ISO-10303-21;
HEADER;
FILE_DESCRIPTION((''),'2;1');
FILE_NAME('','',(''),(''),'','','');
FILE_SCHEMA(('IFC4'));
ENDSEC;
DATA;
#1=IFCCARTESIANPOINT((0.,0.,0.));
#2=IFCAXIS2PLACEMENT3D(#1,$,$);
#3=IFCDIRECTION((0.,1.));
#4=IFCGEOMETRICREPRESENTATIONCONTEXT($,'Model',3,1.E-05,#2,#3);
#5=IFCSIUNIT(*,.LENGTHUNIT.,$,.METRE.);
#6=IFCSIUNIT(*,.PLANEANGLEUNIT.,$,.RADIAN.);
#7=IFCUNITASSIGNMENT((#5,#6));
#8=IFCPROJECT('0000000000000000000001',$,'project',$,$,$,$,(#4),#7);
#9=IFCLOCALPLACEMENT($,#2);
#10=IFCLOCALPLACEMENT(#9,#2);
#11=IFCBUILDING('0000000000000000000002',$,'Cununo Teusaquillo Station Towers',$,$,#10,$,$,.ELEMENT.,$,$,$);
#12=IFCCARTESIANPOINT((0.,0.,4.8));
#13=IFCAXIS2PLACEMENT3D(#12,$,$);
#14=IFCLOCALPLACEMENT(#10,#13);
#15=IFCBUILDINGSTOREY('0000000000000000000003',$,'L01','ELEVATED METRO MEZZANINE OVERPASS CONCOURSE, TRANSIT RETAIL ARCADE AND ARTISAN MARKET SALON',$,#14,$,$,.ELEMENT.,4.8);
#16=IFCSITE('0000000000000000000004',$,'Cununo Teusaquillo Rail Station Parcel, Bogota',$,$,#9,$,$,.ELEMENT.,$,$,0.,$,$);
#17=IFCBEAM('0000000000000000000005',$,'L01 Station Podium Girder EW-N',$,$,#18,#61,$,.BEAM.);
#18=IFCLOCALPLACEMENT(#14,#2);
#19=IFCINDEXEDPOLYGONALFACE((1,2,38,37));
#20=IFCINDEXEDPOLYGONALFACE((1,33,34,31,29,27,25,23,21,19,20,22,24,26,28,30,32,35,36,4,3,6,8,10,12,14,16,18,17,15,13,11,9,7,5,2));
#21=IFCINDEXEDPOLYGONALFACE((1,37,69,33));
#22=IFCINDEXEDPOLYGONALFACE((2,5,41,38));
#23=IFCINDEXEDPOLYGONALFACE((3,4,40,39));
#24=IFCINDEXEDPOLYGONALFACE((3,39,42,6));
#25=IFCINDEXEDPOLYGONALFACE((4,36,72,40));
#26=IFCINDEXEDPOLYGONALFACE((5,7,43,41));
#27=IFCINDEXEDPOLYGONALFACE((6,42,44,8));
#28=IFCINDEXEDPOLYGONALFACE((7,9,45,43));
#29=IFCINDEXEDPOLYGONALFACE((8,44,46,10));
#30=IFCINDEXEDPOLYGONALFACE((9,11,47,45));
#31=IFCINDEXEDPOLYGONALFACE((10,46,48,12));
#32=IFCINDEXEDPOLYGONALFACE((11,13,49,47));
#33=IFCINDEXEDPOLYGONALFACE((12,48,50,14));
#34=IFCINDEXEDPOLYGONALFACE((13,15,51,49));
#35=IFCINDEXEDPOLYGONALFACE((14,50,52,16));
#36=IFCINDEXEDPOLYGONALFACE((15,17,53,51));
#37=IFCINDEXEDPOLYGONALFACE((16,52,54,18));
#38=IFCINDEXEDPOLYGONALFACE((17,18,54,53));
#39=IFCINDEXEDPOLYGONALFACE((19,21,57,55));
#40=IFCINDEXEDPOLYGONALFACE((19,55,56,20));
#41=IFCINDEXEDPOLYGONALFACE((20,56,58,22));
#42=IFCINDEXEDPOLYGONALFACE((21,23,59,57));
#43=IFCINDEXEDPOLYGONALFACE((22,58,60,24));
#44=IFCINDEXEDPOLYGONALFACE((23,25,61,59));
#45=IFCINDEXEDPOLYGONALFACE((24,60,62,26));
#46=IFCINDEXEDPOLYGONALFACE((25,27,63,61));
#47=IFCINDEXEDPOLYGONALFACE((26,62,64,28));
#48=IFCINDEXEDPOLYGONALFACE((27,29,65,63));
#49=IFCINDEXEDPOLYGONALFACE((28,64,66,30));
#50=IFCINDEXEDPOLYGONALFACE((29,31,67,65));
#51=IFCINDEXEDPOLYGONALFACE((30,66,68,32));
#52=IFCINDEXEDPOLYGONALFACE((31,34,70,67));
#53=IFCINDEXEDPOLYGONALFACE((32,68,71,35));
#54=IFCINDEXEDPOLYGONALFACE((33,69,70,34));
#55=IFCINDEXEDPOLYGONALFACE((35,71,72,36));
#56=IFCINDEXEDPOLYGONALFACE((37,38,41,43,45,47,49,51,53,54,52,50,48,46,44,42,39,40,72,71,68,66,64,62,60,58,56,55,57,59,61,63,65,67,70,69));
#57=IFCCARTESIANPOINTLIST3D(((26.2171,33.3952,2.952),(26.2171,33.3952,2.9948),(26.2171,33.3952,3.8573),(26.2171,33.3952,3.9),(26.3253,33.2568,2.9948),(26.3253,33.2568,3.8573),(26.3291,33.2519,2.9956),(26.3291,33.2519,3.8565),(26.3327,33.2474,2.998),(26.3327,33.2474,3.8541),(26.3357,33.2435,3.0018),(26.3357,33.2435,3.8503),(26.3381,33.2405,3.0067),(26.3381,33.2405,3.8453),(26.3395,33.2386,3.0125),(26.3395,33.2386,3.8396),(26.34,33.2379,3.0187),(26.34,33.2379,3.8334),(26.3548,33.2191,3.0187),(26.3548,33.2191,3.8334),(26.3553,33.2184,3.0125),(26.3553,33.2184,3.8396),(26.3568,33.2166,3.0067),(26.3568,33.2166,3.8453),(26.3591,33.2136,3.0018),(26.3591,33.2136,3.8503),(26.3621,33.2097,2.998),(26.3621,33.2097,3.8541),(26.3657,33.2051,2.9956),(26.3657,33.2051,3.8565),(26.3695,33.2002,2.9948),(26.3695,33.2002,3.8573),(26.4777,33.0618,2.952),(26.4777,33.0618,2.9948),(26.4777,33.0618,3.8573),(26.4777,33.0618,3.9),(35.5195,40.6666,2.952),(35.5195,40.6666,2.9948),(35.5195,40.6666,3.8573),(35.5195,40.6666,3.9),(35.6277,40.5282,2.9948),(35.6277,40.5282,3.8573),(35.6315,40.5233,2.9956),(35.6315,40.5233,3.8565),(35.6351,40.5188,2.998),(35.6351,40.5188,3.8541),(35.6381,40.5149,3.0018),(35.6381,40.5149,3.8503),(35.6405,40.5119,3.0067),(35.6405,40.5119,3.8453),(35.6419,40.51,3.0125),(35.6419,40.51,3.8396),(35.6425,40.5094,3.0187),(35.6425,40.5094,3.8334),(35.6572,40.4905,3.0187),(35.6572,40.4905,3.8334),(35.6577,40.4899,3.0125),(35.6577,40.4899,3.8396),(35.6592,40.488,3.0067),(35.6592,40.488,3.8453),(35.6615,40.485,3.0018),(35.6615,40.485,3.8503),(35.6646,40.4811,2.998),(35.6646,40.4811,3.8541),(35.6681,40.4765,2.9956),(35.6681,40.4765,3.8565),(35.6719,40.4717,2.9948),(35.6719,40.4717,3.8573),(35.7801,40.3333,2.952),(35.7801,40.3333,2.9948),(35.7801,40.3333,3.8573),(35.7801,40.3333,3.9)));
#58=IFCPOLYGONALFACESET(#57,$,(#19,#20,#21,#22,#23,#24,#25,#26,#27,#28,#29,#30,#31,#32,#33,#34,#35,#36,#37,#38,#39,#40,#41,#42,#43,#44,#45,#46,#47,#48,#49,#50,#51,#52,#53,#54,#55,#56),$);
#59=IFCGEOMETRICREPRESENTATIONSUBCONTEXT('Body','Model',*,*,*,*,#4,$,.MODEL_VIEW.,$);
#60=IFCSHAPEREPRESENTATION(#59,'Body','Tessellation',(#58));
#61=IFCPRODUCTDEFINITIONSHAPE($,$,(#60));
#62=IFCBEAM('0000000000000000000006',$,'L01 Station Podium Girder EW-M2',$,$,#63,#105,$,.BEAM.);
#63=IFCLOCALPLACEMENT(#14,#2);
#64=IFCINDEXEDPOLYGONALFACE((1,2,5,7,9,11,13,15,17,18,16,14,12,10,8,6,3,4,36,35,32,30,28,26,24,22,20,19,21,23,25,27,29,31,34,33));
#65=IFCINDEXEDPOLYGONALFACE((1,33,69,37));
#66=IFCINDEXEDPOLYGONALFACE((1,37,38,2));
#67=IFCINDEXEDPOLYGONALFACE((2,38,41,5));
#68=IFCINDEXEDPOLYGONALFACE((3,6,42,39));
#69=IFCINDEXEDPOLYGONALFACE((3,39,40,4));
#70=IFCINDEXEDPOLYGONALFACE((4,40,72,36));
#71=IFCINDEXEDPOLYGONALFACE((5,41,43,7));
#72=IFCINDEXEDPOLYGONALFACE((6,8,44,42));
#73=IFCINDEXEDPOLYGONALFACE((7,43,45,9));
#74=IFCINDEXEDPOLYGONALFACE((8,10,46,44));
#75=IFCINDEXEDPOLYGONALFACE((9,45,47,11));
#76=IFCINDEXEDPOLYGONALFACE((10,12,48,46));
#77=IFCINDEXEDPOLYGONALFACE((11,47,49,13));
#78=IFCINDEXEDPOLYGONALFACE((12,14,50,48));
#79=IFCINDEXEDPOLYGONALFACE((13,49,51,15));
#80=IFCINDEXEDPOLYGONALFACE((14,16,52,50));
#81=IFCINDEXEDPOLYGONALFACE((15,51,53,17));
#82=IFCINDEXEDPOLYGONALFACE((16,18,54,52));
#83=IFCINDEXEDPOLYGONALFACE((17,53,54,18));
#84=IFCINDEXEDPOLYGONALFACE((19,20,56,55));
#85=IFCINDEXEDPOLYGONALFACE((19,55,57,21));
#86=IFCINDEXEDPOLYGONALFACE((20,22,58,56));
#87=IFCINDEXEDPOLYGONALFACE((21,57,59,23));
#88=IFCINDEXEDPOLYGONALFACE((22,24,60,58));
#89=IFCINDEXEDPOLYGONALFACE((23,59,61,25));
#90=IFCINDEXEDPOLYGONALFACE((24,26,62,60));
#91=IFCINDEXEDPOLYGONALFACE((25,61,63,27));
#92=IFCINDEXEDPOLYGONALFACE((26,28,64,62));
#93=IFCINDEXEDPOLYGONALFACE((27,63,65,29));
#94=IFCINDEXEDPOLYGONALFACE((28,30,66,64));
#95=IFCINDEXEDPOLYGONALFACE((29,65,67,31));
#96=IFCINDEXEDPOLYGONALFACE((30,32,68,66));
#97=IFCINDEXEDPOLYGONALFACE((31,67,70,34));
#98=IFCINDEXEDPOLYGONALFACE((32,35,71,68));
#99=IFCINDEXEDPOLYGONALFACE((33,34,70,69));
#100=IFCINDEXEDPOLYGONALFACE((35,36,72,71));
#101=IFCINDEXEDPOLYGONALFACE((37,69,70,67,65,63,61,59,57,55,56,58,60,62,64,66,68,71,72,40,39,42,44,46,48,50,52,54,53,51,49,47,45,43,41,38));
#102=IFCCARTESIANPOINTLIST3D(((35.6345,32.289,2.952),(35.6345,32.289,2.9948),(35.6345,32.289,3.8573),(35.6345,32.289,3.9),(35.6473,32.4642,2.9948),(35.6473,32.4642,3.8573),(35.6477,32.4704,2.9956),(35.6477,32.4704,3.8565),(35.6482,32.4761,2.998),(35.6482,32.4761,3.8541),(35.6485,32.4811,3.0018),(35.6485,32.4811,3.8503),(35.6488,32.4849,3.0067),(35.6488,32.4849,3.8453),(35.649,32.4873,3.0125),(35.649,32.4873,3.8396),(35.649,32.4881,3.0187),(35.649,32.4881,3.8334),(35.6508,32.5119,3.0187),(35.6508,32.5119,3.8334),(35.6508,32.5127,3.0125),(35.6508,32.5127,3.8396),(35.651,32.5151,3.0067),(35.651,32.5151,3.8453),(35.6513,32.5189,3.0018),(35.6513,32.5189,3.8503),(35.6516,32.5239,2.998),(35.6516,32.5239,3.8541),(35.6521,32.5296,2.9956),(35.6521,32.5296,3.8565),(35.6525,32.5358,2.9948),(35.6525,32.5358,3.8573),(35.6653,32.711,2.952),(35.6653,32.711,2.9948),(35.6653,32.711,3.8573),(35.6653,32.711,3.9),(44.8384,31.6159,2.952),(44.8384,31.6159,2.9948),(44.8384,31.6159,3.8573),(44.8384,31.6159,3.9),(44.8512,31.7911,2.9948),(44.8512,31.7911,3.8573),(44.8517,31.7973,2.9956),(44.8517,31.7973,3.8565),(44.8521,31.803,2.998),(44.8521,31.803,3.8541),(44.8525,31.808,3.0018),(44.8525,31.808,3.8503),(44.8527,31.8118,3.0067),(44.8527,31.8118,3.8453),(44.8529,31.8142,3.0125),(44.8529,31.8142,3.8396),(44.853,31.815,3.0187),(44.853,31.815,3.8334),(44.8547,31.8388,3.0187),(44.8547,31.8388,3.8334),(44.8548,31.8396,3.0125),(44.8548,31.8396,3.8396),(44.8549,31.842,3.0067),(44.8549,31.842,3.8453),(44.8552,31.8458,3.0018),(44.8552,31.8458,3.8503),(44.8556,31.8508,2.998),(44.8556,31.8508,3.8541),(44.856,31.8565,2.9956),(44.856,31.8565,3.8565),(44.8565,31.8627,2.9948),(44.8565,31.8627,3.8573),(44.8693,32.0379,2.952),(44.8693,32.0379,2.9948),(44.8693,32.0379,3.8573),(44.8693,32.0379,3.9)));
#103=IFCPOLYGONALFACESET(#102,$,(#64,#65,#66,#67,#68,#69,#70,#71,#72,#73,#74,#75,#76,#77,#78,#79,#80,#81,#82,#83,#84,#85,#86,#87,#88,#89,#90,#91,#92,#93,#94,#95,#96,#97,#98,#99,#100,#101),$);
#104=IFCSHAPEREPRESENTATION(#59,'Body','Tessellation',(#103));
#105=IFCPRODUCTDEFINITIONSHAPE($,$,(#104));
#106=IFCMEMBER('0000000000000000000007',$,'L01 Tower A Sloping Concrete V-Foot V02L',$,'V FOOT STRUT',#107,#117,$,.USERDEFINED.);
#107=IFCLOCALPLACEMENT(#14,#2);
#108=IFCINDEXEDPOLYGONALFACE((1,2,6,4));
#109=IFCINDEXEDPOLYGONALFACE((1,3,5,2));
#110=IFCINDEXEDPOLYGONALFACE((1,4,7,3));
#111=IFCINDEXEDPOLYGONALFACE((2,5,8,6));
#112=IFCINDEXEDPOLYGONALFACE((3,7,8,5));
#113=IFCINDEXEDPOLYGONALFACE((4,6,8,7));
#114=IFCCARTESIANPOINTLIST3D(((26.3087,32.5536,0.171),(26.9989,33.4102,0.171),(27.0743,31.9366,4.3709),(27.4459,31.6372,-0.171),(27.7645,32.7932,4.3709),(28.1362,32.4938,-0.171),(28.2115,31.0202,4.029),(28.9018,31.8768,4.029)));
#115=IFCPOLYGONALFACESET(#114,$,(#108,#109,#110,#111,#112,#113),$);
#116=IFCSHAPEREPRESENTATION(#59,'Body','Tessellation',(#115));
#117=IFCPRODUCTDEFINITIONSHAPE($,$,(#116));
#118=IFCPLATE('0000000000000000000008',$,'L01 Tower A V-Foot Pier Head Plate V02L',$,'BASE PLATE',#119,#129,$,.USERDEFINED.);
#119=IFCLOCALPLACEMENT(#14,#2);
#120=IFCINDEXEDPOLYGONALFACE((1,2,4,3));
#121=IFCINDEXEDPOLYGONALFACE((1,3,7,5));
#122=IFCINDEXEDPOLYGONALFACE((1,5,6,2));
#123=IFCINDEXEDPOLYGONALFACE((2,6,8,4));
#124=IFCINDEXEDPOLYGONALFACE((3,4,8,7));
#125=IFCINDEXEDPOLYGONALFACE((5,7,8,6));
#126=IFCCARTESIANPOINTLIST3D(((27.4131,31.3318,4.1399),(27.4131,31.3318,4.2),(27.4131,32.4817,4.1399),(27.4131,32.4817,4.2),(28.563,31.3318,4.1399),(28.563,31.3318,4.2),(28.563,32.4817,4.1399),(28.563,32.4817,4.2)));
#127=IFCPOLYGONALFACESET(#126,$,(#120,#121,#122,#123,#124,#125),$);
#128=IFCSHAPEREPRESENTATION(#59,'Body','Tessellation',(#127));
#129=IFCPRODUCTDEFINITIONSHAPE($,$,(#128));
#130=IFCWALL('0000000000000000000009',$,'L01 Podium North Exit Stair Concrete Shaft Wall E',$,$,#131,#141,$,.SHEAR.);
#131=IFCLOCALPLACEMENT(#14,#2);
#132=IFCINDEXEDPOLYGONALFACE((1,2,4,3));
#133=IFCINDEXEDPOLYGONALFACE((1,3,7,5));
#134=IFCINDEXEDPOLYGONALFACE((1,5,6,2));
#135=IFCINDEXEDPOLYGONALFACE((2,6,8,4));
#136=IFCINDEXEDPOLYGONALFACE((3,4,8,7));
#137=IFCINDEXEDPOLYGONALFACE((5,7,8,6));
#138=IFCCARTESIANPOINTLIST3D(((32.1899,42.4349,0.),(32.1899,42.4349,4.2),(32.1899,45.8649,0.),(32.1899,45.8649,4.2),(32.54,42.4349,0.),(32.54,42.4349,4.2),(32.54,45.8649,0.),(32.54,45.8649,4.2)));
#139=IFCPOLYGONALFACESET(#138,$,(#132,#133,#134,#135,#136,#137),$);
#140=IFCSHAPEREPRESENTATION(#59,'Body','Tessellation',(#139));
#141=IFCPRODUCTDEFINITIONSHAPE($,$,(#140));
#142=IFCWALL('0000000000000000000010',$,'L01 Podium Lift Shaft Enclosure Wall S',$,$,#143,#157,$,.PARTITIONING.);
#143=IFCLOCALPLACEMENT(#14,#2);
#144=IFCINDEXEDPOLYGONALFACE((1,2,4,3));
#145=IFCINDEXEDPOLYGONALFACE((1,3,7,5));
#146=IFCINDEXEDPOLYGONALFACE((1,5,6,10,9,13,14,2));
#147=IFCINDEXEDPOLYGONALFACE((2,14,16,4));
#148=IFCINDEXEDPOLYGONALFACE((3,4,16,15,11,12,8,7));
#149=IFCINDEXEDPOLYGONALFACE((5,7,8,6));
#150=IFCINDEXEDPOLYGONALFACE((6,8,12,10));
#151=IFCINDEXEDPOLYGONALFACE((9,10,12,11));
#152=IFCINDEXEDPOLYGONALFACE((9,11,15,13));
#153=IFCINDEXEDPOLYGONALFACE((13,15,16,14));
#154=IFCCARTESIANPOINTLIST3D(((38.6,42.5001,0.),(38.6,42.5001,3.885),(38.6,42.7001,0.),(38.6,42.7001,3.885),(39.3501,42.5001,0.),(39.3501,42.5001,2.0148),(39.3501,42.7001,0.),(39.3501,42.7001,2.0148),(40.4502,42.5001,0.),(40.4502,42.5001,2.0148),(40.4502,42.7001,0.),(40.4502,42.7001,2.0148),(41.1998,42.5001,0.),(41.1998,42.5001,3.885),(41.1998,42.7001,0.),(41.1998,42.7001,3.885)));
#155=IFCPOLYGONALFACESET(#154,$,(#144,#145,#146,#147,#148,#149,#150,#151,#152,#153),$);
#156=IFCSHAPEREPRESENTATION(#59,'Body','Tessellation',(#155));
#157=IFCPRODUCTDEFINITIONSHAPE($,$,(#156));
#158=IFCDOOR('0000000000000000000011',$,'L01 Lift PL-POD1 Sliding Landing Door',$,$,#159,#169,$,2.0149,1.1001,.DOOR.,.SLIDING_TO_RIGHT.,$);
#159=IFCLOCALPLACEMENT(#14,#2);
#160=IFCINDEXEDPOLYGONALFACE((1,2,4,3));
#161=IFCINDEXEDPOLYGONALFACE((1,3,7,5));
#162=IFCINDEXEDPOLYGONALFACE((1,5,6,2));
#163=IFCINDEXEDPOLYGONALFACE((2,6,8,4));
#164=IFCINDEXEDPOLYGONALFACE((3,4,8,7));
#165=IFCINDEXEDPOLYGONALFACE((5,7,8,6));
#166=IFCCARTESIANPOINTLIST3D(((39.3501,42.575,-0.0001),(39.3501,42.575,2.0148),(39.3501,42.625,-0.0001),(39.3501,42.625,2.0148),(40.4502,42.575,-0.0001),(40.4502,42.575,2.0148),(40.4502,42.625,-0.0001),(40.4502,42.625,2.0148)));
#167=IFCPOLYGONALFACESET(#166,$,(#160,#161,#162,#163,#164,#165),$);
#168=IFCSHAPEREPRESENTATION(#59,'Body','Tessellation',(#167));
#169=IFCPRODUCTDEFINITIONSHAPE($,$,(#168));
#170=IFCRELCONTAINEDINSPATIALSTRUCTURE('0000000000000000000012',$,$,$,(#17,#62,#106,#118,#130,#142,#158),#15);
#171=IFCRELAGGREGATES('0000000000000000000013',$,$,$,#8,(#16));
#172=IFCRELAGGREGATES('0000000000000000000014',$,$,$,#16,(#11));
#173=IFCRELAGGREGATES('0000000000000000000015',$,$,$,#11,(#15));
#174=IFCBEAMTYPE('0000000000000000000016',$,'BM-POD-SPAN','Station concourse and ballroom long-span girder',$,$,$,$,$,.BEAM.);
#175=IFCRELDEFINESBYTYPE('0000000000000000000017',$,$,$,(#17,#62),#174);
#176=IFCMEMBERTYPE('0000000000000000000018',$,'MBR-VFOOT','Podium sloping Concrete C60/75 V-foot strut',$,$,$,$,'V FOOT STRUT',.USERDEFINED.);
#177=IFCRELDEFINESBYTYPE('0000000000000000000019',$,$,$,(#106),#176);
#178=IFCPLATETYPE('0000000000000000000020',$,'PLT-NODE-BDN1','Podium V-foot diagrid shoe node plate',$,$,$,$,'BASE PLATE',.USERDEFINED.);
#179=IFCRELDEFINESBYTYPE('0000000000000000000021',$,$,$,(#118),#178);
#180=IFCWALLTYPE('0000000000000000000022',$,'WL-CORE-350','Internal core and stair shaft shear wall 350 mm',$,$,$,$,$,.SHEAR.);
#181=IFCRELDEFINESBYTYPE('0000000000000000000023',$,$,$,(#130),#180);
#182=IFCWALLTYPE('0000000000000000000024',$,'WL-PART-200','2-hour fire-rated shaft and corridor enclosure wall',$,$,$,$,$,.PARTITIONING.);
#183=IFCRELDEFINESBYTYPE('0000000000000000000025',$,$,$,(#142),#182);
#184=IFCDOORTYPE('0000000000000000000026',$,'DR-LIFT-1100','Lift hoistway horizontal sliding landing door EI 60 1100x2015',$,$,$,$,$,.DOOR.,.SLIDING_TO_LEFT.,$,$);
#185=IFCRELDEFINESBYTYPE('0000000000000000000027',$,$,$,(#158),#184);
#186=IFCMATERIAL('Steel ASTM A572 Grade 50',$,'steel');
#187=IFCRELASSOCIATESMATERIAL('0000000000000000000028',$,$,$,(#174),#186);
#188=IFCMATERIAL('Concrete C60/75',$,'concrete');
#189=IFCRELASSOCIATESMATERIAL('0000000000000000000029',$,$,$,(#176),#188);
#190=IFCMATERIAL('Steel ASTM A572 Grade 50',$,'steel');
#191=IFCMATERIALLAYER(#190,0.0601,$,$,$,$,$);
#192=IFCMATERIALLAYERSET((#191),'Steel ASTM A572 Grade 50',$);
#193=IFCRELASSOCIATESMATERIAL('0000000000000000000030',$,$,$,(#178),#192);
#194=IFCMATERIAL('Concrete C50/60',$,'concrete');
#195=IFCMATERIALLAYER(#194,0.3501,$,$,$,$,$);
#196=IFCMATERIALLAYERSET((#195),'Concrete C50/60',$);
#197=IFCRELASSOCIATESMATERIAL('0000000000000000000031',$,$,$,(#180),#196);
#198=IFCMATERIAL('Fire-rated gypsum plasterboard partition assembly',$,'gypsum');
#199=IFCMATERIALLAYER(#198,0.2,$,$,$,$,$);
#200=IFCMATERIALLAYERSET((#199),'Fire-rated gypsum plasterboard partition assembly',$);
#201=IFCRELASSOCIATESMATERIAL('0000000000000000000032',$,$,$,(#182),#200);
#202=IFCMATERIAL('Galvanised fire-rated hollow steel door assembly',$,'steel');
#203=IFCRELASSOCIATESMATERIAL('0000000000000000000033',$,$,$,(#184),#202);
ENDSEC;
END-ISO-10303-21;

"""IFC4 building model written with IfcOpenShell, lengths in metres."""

from ifc_helpers import new_model, si_unit, direction, frame, frame_2d, origin, origin_2d, place, context, subcontext, project, spatial, rectangle, i_section, extrude, source, transform, mapped, material, layer, layer_set, material_profile, profile_set, type_object, element, fill, save


model = new_model("IFC4")

# Units and contexts
model_context = context("Model", 3, precision=1e-05, world=origin(), true_north=direction((0.0, 1.0)))
body_context = subcontext(model_context, "Body", "Model", "MODEL_VIEW")
ifc_project = project(units=[si_unit("LENGTHUNIT", "METRE"), si_unit("PLANEANGLEUNIT", "RADIAN")], contexts=[model_context])

# Site, building, storey
site_placement = place(None, origin())
site = spatial("IfcSite", under=ifc_project, at=site_placement, Name="Cununo Teusaquillo Rail Station Parcel, Bogota", CompositionType="ELEMENT", RefElevation=0.0)
building_placement = place(site_placement, origin())
building = spatial("IfcBuilding", under=site, at=building_placement, Name="Cununo Teusaquillo Station Towers", CompositionType="ELEMENT")
storey_placement = place(building_placement, frame((0.0, 0.0, 4.8)))
storey = spatial("IfcBuildingStorey", under=building, at=storey_placement, Name="L01", Description="ELEVATED METRO MEZZANINE OVERPASS CONCOURSE, TRANSIT RETAIL ARCADE AND ARTISAN MARKET SALON", CompositionType="ELEMENT", Elevation=4.8)

# Beams
ifc_material_1 = material(Name="Steel ASTM A572 Grade 50", Category="steel")
ifc_material_profile_1 = material_profile(ifc_material_1, i_section(OverallWidth=0.4231, OverallDepth=0.948, WebThickness=0.0239, FlangeThickness=0.0427, FilletRadius=0.0239, at=origin_2d()), Name="W36X302")
ifc_profile_set_1 = profile_set([ifc_material_profile_1], Name="Steel ASTM A572 Grade 50")
beam_type_1 = type_object("IfcBeamType", Name="BM-POD-SPAN", Description="Station concourse and ballroom long-span girder", PredefinedType="BEAM", material=ifc_profile_set_1)
beam_1_placement = place(storey_placement, frame((26.3474, 33.2285, 3.426), z_axis=(0.787864, 0.61585, 0.0), x_axis=(-0.61585, 0.787864, 0.0)))
element("IfcBeam", 1, at=beam_1_placement, inside=storey, type_object=beam_type_1, Name="L01 Station Podium Girder EW-N", PredefinedType="BEAM", context=body_context, shape_type="SweptSolid", body=[
    extrude(i_section(OverallWidth=0.4231, OverallDepth=0.948, WebThickness=0.0239, FlangeThickness=0.0427, FilletRadius=0.0239, at=origin_2d()), origin(), (0.0, 0.0, 1.0), 11.8071),
])
beam_2_placement = place(storey_placement, frame((35.6499, 32.5, 3.426), z_axis=(0.997337, -0.072937, 0.0), x_axis=(0.072937, 0.997337, 0.0)))
element("IfcBeam", 2, at=beam_2_placement, inside=storey, type_object=beam_type_1, Name="L01 Station Podium Girder EW-M2", PredefinedType="BEAM", context=body_context, shape_type="SweptSolid", body=[
    extrude(i_section(OverallWidth=0.4231, OverallDepth=0.948, WebThickness=0.0239, FlangeThickness=0.0427, FilletRadius=0.0239, at=origin_2d()), origin(), (0.0, 0.0, 1.0), 9.2285),
])

# Member
ifc_material_2 = material(Name="Concrete C60/75", Category="concrete")
ifc_material_profile_2 = material_profile(ifc_material_2, rectangle(XDim=1.1001, YDim=1.5, at=origin_2d()), Name="RC-RECT-1500x1100")
ifc_profile_set_2 = profile_set([ifc_material_profile_2], Name="Concrete C60/75")
member_type = type_object("IfcMemberType", Name="MBR-VFOOT", Description="Podium sloping Concrete C60/75 V-foot strut", ElementType="V FOOT STRUT", PredefinedType="USERDEFINED", material=ifc_profile_set_2)
member_placement = place(storey_placement, frame((27.2224, 32.5237, 0.0), z_axis=(0.177495, -0.143026, 0.973673), x_axis=(0.627447, 0.77866, 0.0)))
element("IfcMember", 3, at=member_placement, inside=storey, type_object=member_type, Name="L01 Tower A Sloping Concrete V-Foot V02L", ObjectType="V FOOT STRUT", PredefinedType="USERDEFINED", context=body_context, shape_type="SweptSolid", body=[
    extrude(rectangle(XDim=1.1001, YDim=1.5, at=origin_2d()), origin(), (0.0, 0.0, 1.0), 4.3135),
])

# Plate
ifc_material_3 = material(Name="Steel ASTM A572 Grade 50", Category="steel")
ifc_layer_1 = layer(ifc_material_3, 0.0601)
ifc_layer_set_1 = layer_set([ifc_layer_1], Name="Steel ASTM A572 Grade 50")
plate_type = type_object("IfcPlateType", Name="PLT-NODE-BDN1", Description="Podium V-foot diagrid shoe node plate", ElementType="BASE PLATE", PredefinedType="USERDEFINED", material=ifc_layer_set_1)
shared_shape_1 = source(origin(), body_context, "Body", "SweptSolid", [
    extrude(rectangle(XDim=1.1499, YDim=1.1499, at=origin_2d()), origin(), (0.0, 0.0, 1.0), 0.0601),
])
plate_placement = place(storey_placement, frame((27.988, 31.9067, 4.1399), z_axis=(0.0, 0.0, 1.0), x_axis=(1.0, 0.0, 0.0)))
element("IfcPlate", 4, at=plate_placement, inside=storey, type_object=plate_type, Name="L01 Tower A V-Foot Pier Head Plate V02L", ObjectType="BASE PLATE", PredefinedType="USERDEFINED", context=body_context, shape_type="MappedRepresentation", body=[
    mapped(shared_shape_1, transform((0.0, 0.0, 0.0), x_axis=(1.0, 0.0, 0.0), y_axis=(0.0, 1.0, 0.0), z_axis=(0.0, 0.0, 1.0), scale=1.0)),
])

# Wall
ifc_material_4 = material(Name="Concrete C50/60", Category="concrete")
ifc_layer_2 = layer(ifc_material_4, 0.3501)
ifc_layer_set_2 = layer_set([ifc_layer_2], Name="Concrete C50/60")
wall_type_1 = type_object("IfcWallType", Name="WL-CORE-350", Description="Internal core and stair shaft shear wall 350 mm", PredefinedType="SHEAR", material=ifc_layer_set_2)
wall_1_placement = place(storey_placement, frame((32.365, 42.4351, 0.0), z_axis=(0.0, 0.0, 1.0), x_axis=(0.0, 1.0, 0.0)))
element("IfcWall", 5, at=wall_1_placement, inside=storey, type_object=wall_type_1, Name="L01 Podium North Exit Stair Concrete Shaft Wall E", PredefinedType="SHEAR", context=body_context, shape_type="SweptSolid", body=[
    extrude(rectangle(XDim=3.4299, YDim=0.3501, at=frame_2d((1.7148, 0.0))), origin(), (0.0, 0.0, 1.0), 4.2),
])

# Wall, opening, door
ifc_material_5 = material(Name="Fire-rated gypsum plasterboard partition assembly", Category="gypsum")
ifc_layer_3 = layer(ifc_material_5, 0.2)
ifc_layer_set_3 = layer_set([ifc_layer_3], Name="Fire-rated gypsum plasterboard partition assembly")
wall_type_2 = type_object("IfcWallType", Name="WL-PART-200", Description="2-hour fire-rated shaft and corridor enclosure wall", PredefinedType="PARTITIONING", material=ifc_layer_set_3)
wall_2_placement = place(storey_placement, frame((38.6001, 42.6001, 0.0), z_axis=(0.0, 0.0, 1.0), x_axis=(1.0, 0.0, 0.0)))
wall_2 = element("IfcWall", 6, at=wall_2_placement, inside=storey, type_object=wall_type_2, Name="L01 Podium Lift Shaft Enclosure Wall S", PredefinedType="PARTITIONING", context=body_context, shape_type="SweptSolid", body=[
    extrude(rectangle(XDim=2.5999, YDim=0.2, at=frame_2d((1.2998, 0.0))), origin(), (0.0, 0.0, 1.0), 3.885),
])
shared_shape_2 = source(origin(), body_context, "Body", "SweptSolid", [
    extrude(rectangle(XDim=1.1001, YDim=2.0149, at=frame_2d((0.55, 1.0073))), frame((0.0, 0.1099, 0.0), z_axis=(0.0, -1.0, 0.0), x_axis=(1.0, 0.0, 0.0)), (0.0, 0.0, 1.0), 0.22),
])
opening_placement = place(wall_2_placement, frame((0.75, 0.0, 0.0)))
opening = element("IfcOpeningElement", 7, at=opening_placement, cuts=wall_2, PredefinedType="OPENING", context=body_context, shape_type="MappedRepresentation", body=[
    mapped(shared_shape_2, transform((0.0, 0.0, 0.0), x_axis=(1.0, 0.0, 0.0), y_axis=(0.0, 1.0, 0.0), z_axis=(0.0, 0.0, 1.0), scale=1.0)),
])
ifc_material_6 = material(Name="Galvanised fire-rated hollow steel door assembly", Category="steel")
door_type = type_object("IfcDoorType", Name="DR-LIFT-1100", Description="Lift hoistway horizontal sliding landing door EI 60 1100x2015", OperationType="SLIDING_TO_LEFT", PredefinedType="DOOR", material=ifc_material_6)
shared_shape_3 = source(origin(), body_context, "Body", "SweptSolid", [
    extrude(rectangle(XDim=1.1001, YDim=2.0149, at=frame_2d((0.55, 1.0073))), frame((0.0, 0.0249, 0.0), z_axis=(0.0, -1.0, 0.0), x_axis=(1.0, 0.0, 0.0)), (0.0, 0.0, 1.0), 0.05),
])
door_placement = place(opening_placement, origin())
door = element("IfcDoor", 8, at=door_placement, inside=storey, type_object=door_type, Name="L01 Lift PL-POD1 Sliding Landing Door", OperationType="SLIDING_TO_RIGHT", OverallHeight=2.0149, OverallWidth=1.1001, PredefinedType="DOOR", context=body_context, shape_type="MappedRepresentation", body=[
    mapped(shared_shape_3, transform((0.0, 0.0, 0.0), x_axis=(1.0, 0.0, 0.0), y_axis=(0.0, 1.0, 0.0), z_axis=(0.0, 0.0, 1.0), scale=1.0)),
])
fill(opening, door)

save(model, "model.ifc")
